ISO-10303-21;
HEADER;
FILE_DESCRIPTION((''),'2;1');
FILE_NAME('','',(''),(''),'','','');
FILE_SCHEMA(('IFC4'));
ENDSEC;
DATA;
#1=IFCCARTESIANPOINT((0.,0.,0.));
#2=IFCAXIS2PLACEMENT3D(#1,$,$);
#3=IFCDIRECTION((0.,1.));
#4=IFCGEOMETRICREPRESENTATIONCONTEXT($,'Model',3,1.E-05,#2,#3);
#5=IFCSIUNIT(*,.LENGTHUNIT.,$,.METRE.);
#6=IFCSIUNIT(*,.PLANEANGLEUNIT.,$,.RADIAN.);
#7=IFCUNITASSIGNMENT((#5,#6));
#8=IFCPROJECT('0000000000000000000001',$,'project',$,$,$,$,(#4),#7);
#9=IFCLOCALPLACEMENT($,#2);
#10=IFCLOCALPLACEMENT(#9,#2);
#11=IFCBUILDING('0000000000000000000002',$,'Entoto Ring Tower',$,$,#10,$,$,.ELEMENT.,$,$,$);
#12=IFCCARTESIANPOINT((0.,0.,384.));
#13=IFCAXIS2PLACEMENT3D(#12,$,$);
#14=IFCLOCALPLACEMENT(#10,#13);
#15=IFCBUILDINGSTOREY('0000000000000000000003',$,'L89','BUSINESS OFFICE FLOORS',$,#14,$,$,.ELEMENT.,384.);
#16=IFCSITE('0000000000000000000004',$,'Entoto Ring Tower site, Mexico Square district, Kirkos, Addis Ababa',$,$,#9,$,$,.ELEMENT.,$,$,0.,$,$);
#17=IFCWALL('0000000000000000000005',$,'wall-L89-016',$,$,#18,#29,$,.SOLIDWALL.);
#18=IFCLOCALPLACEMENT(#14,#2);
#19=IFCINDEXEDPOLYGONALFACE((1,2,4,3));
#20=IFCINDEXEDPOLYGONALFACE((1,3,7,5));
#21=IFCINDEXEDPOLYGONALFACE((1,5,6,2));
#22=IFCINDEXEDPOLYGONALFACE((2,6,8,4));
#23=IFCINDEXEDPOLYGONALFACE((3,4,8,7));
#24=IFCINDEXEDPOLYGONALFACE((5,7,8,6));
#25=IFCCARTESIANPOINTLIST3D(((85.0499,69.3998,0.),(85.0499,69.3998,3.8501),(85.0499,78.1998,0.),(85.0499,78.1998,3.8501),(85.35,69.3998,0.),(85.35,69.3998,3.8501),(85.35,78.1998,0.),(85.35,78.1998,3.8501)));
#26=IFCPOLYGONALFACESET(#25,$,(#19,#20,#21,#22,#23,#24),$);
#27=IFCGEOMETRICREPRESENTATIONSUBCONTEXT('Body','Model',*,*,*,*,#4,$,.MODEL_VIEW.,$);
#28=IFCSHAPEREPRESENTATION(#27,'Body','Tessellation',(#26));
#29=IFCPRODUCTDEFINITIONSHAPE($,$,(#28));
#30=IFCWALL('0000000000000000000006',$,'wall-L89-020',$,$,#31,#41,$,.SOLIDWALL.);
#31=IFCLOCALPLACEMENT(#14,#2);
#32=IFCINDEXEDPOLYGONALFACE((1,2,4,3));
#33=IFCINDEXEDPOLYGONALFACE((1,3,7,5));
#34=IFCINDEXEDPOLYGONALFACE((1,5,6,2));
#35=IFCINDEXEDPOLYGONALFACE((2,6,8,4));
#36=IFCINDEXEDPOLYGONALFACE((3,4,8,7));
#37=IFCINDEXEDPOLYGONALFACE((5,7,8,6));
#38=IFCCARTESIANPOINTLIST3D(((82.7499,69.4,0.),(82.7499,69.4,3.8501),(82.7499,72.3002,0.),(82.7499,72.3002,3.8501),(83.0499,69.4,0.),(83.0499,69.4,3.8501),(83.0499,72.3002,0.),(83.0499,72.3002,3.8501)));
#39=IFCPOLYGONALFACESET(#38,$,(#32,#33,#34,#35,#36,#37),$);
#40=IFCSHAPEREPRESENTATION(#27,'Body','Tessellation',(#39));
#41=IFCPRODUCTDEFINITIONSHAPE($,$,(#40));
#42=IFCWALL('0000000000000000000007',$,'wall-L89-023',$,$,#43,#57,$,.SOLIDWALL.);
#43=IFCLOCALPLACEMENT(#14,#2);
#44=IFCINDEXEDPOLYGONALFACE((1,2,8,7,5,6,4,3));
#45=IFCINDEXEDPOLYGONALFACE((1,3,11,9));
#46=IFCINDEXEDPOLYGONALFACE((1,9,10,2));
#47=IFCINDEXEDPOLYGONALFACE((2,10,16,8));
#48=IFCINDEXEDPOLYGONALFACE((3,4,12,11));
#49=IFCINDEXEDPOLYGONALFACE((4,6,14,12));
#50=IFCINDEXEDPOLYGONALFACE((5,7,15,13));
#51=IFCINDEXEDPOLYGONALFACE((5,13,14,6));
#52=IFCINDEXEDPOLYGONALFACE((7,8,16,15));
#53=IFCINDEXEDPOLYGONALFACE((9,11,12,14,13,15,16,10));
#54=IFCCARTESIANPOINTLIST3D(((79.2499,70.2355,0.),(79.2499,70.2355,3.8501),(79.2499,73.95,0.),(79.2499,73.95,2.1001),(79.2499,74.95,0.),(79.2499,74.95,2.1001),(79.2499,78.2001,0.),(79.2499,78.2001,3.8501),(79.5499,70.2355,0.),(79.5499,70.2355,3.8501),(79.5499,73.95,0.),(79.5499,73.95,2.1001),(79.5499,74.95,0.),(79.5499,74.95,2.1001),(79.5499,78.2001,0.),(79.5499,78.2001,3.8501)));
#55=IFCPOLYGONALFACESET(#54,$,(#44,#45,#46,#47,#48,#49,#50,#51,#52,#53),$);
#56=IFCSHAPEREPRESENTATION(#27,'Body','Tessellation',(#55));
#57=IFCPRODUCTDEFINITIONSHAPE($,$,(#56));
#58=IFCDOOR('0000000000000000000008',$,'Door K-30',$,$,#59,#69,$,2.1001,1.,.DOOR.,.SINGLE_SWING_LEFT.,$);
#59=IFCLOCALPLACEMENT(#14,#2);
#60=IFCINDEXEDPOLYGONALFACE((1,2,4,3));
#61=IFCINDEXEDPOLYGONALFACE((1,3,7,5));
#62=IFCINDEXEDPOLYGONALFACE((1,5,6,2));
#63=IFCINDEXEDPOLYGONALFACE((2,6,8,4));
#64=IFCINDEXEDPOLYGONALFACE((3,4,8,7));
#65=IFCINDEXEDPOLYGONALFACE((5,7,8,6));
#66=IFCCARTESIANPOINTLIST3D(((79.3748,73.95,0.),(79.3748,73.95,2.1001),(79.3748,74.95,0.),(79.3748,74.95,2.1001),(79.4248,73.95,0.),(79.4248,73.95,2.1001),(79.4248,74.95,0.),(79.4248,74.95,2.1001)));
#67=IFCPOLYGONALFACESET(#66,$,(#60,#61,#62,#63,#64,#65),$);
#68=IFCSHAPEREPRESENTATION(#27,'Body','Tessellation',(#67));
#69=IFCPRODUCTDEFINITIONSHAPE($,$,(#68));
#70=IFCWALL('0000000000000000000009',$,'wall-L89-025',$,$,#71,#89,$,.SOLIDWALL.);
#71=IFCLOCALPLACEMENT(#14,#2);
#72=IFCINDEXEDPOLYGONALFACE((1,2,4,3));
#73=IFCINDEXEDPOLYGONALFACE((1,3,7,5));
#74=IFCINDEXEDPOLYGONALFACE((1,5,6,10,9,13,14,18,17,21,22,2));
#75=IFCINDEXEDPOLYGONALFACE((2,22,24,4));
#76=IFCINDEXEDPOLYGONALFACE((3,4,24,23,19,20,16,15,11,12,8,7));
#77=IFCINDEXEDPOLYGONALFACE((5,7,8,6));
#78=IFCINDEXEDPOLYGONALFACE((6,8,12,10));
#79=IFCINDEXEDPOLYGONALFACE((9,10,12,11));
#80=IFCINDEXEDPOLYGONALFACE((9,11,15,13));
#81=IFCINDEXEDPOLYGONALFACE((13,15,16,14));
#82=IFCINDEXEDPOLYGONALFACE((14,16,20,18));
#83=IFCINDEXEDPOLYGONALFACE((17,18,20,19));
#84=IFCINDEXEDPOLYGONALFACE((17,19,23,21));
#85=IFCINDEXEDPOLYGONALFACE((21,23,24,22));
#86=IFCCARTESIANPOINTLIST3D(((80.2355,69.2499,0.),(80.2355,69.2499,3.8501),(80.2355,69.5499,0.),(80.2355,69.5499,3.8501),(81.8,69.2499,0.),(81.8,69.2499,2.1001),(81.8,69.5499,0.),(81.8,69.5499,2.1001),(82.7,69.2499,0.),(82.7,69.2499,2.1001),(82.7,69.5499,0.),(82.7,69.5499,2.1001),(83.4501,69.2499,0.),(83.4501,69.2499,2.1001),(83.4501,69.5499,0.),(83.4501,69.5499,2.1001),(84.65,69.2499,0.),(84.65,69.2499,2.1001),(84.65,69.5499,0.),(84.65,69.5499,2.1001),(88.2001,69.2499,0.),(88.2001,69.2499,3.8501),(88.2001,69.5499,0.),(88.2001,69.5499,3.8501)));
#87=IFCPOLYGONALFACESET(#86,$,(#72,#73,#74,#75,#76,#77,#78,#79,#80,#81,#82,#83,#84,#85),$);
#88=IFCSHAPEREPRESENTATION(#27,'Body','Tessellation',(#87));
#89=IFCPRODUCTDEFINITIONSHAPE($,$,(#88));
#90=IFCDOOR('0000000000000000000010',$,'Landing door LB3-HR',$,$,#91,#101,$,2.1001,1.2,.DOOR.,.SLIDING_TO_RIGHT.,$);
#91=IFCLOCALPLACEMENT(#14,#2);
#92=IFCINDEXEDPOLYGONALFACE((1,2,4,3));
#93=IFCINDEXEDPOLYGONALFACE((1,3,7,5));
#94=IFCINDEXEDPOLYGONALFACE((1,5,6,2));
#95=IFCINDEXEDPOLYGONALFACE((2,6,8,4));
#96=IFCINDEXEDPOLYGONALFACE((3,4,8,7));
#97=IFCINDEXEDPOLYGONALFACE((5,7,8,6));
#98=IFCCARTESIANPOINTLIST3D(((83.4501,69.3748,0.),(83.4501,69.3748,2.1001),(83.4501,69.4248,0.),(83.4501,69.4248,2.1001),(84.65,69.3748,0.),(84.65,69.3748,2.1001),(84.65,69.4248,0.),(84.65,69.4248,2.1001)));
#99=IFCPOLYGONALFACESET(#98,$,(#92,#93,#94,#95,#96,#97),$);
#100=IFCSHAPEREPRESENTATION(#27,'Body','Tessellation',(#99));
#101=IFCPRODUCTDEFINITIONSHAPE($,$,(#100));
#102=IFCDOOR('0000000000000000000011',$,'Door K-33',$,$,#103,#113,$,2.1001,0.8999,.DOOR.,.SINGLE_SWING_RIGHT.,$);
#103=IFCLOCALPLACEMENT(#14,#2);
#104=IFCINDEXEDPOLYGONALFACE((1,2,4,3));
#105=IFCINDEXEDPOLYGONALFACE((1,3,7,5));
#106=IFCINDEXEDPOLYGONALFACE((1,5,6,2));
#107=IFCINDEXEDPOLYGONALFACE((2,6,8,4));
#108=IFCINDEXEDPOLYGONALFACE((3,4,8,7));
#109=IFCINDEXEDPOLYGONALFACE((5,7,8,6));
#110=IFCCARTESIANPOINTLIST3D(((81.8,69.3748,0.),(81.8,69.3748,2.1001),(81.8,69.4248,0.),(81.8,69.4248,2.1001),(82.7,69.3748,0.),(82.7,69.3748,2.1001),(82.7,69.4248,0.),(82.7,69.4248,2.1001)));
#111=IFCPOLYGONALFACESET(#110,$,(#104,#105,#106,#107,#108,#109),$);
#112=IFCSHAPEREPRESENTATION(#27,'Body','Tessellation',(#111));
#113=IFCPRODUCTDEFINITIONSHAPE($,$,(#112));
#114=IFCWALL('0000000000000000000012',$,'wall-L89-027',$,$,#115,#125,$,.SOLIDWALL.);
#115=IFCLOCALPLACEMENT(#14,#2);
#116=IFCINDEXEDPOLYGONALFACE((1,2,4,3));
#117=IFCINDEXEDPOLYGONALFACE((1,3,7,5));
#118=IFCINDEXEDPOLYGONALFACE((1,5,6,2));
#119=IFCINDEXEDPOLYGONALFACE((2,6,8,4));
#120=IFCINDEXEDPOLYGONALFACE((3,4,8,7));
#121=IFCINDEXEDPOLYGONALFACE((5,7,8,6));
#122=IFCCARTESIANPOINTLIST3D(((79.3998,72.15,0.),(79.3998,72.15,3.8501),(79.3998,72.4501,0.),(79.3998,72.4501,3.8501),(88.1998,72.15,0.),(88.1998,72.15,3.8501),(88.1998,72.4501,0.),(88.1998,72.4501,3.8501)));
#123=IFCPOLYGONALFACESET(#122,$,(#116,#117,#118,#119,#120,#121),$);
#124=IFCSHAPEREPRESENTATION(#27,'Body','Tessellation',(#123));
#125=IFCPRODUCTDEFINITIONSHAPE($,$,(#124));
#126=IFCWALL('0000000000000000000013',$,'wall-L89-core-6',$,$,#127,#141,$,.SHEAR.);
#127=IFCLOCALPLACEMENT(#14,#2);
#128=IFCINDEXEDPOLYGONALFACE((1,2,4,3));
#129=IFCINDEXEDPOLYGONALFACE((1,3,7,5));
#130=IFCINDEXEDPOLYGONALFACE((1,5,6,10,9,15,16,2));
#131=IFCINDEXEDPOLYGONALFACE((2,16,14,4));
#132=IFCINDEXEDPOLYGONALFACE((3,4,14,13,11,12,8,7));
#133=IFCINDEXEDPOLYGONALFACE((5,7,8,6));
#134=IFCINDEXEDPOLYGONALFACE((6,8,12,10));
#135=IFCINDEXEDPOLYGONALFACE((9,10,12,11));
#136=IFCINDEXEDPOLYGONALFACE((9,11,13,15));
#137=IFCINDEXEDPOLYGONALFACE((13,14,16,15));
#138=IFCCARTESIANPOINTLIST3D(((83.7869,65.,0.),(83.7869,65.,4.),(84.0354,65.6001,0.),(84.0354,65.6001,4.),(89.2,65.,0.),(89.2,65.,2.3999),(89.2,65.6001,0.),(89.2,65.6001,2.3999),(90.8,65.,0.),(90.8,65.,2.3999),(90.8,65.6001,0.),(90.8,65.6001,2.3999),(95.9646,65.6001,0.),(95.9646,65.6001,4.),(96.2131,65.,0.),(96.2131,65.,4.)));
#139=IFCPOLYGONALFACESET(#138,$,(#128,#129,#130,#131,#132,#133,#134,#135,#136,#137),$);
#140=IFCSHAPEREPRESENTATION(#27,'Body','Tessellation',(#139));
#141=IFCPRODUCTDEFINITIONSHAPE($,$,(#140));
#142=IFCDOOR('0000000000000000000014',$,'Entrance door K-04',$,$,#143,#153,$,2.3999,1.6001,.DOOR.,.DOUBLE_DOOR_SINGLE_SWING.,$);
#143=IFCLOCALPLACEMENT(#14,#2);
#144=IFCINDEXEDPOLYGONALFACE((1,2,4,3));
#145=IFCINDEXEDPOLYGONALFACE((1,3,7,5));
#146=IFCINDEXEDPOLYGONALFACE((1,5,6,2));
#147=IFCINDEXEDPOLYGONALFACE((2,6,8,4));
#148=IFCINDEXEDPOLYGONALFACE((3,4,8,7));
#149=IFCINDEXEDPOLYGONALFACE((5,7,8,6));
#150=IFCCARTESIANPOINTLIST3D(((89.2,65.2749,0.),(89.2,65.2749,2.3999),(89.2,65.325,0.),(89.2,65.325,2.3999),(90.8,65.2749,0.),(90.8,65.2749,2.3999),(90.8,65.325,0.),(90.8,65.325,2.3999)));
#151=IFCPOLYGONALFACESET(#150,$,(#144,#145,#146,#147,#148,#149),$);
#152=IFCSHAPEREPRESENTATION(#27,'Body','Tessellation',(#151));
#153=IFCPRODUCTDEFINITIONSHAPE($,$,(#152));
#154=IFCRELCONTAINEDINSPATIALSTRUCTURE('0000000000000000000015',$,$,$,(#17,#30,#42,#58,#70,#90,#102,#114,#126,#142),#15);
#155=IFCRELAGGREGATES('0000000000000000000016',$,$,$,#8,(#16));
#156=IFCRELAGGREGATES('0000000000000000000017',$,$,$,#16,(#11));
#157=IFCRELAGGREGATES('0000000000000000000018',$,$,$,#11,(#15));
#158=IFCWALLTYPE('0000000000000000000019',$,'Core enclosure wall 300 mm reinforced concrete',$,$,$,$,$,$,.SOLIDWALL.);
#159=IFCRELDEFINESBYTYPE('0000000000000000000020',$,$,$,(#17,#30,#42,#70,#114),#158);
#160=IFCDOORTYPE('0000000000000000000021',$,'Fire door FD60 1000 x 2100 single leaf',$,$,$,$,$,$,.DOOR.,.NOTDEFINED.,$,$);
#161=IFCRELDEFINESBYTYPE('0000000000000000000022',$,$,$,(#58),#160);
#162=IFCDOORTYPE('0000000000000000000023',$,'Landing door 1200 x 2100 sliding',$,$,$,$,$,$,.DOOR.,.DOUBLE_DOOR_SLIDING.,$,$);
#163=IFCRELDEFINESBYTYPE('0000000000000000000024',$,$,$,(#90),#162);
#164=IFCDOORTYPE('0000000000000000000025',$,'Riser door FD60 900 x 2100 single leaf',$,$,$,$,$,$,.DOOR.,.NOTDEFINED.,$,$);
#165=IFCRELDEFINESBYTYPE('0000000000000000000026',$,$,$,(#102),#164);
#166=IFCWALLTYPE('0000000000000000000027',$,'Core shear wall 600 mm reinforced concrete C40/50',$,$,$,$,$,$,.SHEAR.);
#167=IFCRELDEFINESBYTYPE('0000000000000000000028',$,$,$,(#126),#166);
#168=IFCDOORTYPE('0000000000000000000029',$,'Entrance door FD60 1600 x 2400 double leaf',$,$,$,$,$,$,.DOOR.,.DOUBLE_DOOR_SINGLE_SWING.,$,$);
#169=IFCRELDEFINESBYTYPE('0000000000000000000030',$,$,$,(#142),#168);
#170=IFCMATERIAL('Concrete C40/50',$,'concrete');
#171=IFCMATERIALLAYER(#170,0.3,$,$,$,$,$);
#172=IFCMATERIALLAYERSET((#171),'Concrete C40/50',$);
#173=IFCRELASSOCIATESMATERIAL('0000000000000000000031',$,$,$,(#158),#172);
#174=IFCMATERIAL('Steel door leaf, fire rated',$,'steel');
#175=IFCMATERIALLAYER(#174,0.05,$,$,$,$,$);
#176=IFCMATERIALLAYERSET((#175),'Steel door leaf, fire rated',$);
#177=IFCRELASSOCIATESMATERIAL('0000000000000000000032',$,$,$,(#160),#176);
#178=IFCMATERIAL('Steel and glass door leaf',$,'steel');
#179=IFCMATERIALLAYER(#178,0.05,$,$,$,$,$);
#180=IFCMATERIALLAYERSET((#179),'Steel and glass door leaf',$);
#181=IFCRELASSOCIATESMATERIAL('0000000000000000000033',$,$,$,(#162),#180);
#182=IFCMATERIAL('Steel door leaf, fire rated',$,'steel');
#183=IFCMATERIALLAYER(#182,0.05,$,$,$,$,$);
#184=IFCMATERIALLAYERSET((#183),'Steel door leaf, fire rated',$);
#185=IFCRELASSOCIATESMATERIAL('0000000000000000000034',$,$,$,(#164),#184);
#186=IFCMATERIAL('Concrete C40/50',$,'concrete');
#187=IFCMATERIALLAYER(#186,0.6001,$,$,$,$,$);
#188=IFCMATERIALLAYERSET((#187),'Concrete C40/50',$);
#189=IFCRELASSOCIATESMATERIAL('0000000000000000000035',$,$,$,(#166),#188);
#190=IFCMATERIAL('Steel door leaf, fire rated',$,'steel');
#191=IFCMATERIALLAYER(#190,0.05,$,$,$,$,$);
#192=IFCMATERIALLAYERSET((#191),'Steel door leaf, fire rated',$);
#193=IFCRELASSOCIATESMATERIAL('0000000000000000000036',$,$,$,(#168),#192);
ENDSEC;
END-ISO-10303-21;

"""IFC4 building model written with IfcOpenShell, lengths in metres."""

from ifc_helpers import new_model, si_unit, direction, frame, frame_2d, origin, place, context, subcontext, project, spatial, polyline, rectangle, outline, extrude, material, layer, layer_set, type_object, element, fill, save


model = new_model("IFC4")

# Units and contexts
model_context = context("Model", 3, precision=1e-05, world=origin(), true_north=direction((0.0, 1.0)))
body_context = subcontext(model_context, "Body", "Model", "MODEL_VIEW")
ifc_project = project(units=[si_unit("LENGTHUNIT", "METRE"), si_unit("PLANEANGLEUNIT", "RADIAN")], contexts=[model_context])

# Site, building, storey
site_placement = place(None, origin())
site = spatial("IfcSite", under=ifc_project, at=site_placement, Name="Entoto Ring Tower site, Mexico Square district, Kirkos, Addis Ababa", CompositionType="ELEMENT", RefElevation=0.0)
building_placement = place(site_placement, origin())
building = spatial("IfcBuilding", under=site, at=building_placement, Name="Entoto Ring Tower", CompositionType="ELEMENT")
storey_placement = place(building_placement, frame((0.0, 0.0, 384.0)))
storey = spatial("IfcBuildingStorey", under=building, at=storey_placement, Name="L89", Description="BUSINESS OFFICE FLOORS", CompositionType="ELEMENT", Elevation=384.0)

# Walls
ifc_material_1 = material(Name="Concrete C40/50", Category="concrete")
ifc_layer_1 = layer(ifc_material_1, 0.3)
ifc_layer_set_1 = layer_set([ifc_layer_1], Name="Concrete C40/50")
wall_type_1 = type_object("IfcWallType", Name="Core enclosure wall 300 mm reinforced concrete", PredefinedType="SOLIDWALL", material=ifc_layer_set_1)
wall_1_placement = place(storey_placement, frame((85.2, 69.3999, 0.0), z_axis=(0.0, 0.0, 1.0), x_axis=(0.0, 1.0, 0.0)))
element("IfcWall", 1, at=wall_1_placement, inside=storey, type_object=wall_type_1, Name="wall-L89-016", PredefinedType="SOLIDWALL", context=body_context, shape_type="SweptSolid", body=[
    extrude(rectangle(XDim=8.8, YDim=0.3, at=frame_2d((4.3999, 0.0))), origin(), (0.0, 0.0, 1.0), 3.8501),
])
wall_2_placement = place(storey_placement, frame((82.8999, 69.3999, 0.0), z_axis=(0.0, 0.0, 1.0), x_axis=(0.0, 1.0, 0.0)))
element("IfcWall", 2, at=wall_2_placement, inside=storey, type_object=wall_type_1, Name="wall-L89-020", PredefinedType="SOLIDWALL", context=body_context, shape_type="SweptSolid", body=[
    extrude(rectangle(XDim=2.9001, YDim=0.3, at=frame_2d((1.4502, 0.0))), origin(), (0.0, 0.0, 1.0), 3.8501),
])

# Wall, opening, door
wall_3_placement = place(storey_placement, frame((79.3999, 70.2354, 0.0), z_axis=(0.0, 0.0, 1.0), x_axis=(0.0, 1.0, 0.0)))
wall_3 = element("IfcWall", 3, at=wall_3_placement, inside=storey, type_object=wall_type_1, Name="wall-L89-023", PredefinedType="SOLIDWALL", context=body_context, shape_type="SweptSolid", body=[
    extrude(rectangle(XDim=7.9646, YDim=0.3, at=frame_2d((3.9824, 0.0))), origin(), (0.0, 0.0, 1.0), 3.8501),
])
opening_1_placement = place(wall_3_placement, frame((3.7146, 0.0, 0.0)))
opening_1 = element("IfcOpeningElement", 4, at=opening_1_placement, cuts=wall_3, PredefinedType="OPENING", context=body_context, shape_type="SweptSolid", body=[
    extrude(rectangle(XDim=1.0, YDim=2.1001, at=frame_2d((0.5, 1.05))), frame((0.0, 0.1602, 0.0), z_axis=(0.0, -1.0, 0.0), x_axis=(1.0, 0.0, 0.0)), (0.0, 0.0, 1.0), 0.3201),
])
ifc_material_2 = material(Name="Steel door leaf, fire rated", Category="steel")
ifc_layer_2 = layer(ifc_material_2, 0.05)
ifc_layer_set_2 = layer_set([ifc_layer_2], Name="Steel door leaf, fire rated")
door_type_1 = type_object("IfcDoorType", Name="Fire door FD60 1000 x 2100 single leaf", OperationType="NOTDEFINED", PredefinedType="DOOR", material=ifc_layer_set_2)
door_1_placement = place(opening_1_placement, frame((1.0, 0.0, 0.0), z_axis=(0.0, 0.0, 1.0), x_axis=(-1.0, 0.0, 0.0)))
door_1 = element("IfcDoor", 5, at=door_1_placement, inside=storey, type_object=door_type_1, Name="Door K-30", OperationType="SINGLE_SWING_LEFT", OverallHeight=2.1001, OverallWidth=1.0, PredefinedType="DOOR", context=body_context, shape_type="SweptSolid", body=[
    extrude(rectangle(XDim=1.0, YDim=2.1001, at=frame_2d((0.5, 1.05))), frame((0.0, 0.0249, 0.0), z_axis=(0.0, -1.0, 0.0), x_axis=(1.0, 0.0, 0.0)), (0.0, 0.0, 1.0), 0.05),
])
fill(opening_1, door_1)

# Wall, openings, doors
wall_4_placement = place(storey_placement, frame((80.2354, 69.3999, 0.0), z_axis=(0.0, 0.0, 1.0), x_axis=(1.0, 0.0, 0.0)))
wall_4 = element("IfcWall", 6, at=wall_4_placement, inside=storey, type_object=wall_type_1, Name="wall-L89-025", PredefinedType="SOLIDWALL", context=body_context, shape_type="SweptSolid", body=[
    extrude(rectangle(XDim=7.9646, YDim=0.3, at=frame_2d((3.9824, 0.0))), origin(), (0.0, 0.0, 1.0), 3.8501),
])
opening_2_placement = place(wall_4_placement, frame((3.2146, 0.0, 0.0)))
opening_2 = element("IfcOpeningElement", 7, at=opening_2_placement, cuts=wall_4, PredefinedType="OPENING", context=body_context, shape_type="SweptSolid", body=[
    extrude(rectangle(XDim=1.2, YDim=2.1001, at=frame_2d((0.6001, 1.05))), frame((0.0, 0.1602, 0.0), z_axis=(0.0, -1.0, 0.0), x_axis=(1.0, 0.0, 0.0)), (0.0, 0.0, 1.0), 0.3201),
])
opening_3_placement = place(wall_4_placement, frame((1.5647, 0.0, 0.0)))
opening_3 = element("IfcOpeningElement", 8, at=opening_3_placement, cuts=wall_4, PredefinedType="OPENING", context=body_context, shape_type="SweptSolid", body=[
    extrude(rectangle(XDim=0.8999, YDim=2.1001, at=frame_2d((0.45, 1.05))), frame((0.0, 0.1602, 0.0), z_axis=(0.0, -1.0, 0.0), x_axis=(1.0, 0.0, 0.0)), (0.0, 0.0, 1.0), 0.3201),
])
ifc_material_3 = material(Name="Steel and glass door leaf", Category="steel")
ifc_layer_3 = layer(ifc_material_3, 0.05)
ifc_layer_set_3 = layer_set([ifc_layer_3], Name="Steel and glass door leaf")
door_type_2 = type_object("IfcDoorType", Name="Landing door 1200 x 2100 sliding", OperationType="DOUBLE_DOOR_SLIDING", PredefinedType="DOOR", material=ifc_layer_set_3)
door_2_placement = place(opening_2_placement, origin())
door_2 = element("IfcDoor", 9, at=door_2_placement, inside=storey, type_object=door_type_2, Name="Landing door LB3-HR", OperationType="SLIDING_TO_RIGHT", OverallHeight=2.1001, OverallWidth=1.2, PredefinedType="DOOR", context=body_context, shape_type="SweptSolid", body=[
    extrude(rectangle(XDim=1.2, YDim=2.1001, at=frame_2d((0.6001, 1.05))), frame((0.0, 0.0249, 0.0), z_axis=(0.0, -1.0, 0.0), x_axis=(1.0, 0.0, 0.0)), (0.0, 0.0, 1.0), 0.05),
])
fill(opening_2, door_2)
ifc_material_4 = material(Name="Steel door leaf, fire rated", Category="steel")
ifc_layer_4 = layer(ifc_material_4, 0.05)
ifc_layer_set_4 = layer_set([ifc_layer_4], Name="Steel door leaf, fire rated")
door_type_3 = type_object("IfcDoorType", Name="Riser door FD60 900 x 2100 single leaf", OperationType="NOTDEFINED", PredefinedType="DOOR", material=ifc_layer_set_4)
door_3_placement = place(opening_3_placement, origin())
door_3 = element("IfcDoor", 10, at=door_3_placement, inside=storey, type_object=door_type_3, Name="Door K-33", OperationType="SINGLE_SWING_RIGHT", OverallHeight=2.1001, OverallWidth=0.8999, PredefinedType="DOOR", context=body_context, shape_type="SweptSolid", body=[
    extrude(rectangle(XDim=0.8999, YDim=2.1001, at=frame_2d((0.45, 1.05))), frame((0.0, 0.0249, 0.0), z_axis=(0.0, -1.0, 0.0), x_axis=(1.0, 0.0, 0.0)), (0.0, 0.0, 1.0), 0.05),
])
fill(opening_3, door_3)

# Wall
wall_5_placement = place(storey_placement, frame((79.3999, 72.3, 0.0), z_axis=(0.0, 0.0, 1.0), x_axis=(1.0, 0.0, 0.0)))
element("IfcWall", 11, at=wall_5_placement, inside=storey, type_object=wall_type_1, Name="wall-L89-027", PredefinedType="SOLIDWALL", context=body_context, shape_type="SweptSolid", body=[
    extrude(rectangle(XDim=8.8, YDim=0.3, at=frame_2d((4.3999, 0.0))), origin(), (0.0, 0.0, 1.0), 3.8501),
])

# Wall, opening, door
ifc_material_5 = material(Name="Concrete C40/50", Category="concrete")
ifc_layer_5 = layer(ifc_material_5, 0.6001)
ifc_layer_set_5 = layer_set([ifc_layer_5], Name="Concrete C40/50")
wall_type_2 = type_object("IfcWallType", Name="Core shear wall 600 mm reinforced concrete C40/50", PredefinedType="SHEAR", material=ifc_layer_set_5)
wall_6_placement = place(storey_placement, frame((83.9111, 65.3, 0.0), z_axis=(0.0, 0.0, 1.0), x_axis=(1.0, 0.0, 0.0)))
wall_6 = element("IfcWall", 12, at=wall_6_placement, inside=storey, type_object=wall_type_2, Name="wall-L89-core-6", PredefinedType="SHEAR", context=body_context, shape_type="SweptSolid", body=[
    extrude(outline(polyline([(-0.1243, -0.3), (12.302, -0.3), (12.0535, 0.3), (0.1243, 0.3), (-0.1243, -0.3)])), origin(), (0.0, 0.0, 1.0), 4.0),
])
opening_4_placement = place(wall_6_placement, frame((5.2888, 0.0, 0.0)))
opening_4 = element("IfcOpeningElement", 13, at=opening_4_placement, cuts=wall_6, PredefinedType="OPENING", context=body_context, shape_type="SweptSolid", body=[
    extrude(rectangle(XDim=1.6001, YDim=2.3999, at=frame_2d((0.8, 1.2))), frame((0.0, 0.3101, 0.0), z_axis=(0.0, -1.0, 0.0), x_axis=(1.0, 0.0, 0.0)), (0.0, 0.0, 1.0), 0.6201),
])
ifc_material_6 = material(Name="Steel door leaf, fire rated", Category="steel")
ifc_layer_6 = layer(ifc_material_6, 0.05)
ifc_layer_set_6 = layer_set([ifc_layer_6], Name="Steel door leaf, fire rated")
door_type_4 = type_object("IfcDoorType", Name="Entrance door FD60 1600 x 2400 double leaf", OperationType="DOUBLE_DOOR_SINGLE_SWING", PredefinedType="DOOR", material=ifc_layer_set_6)
door_4_placement = place(opening_4_placement, origin())
door_4 = element("IfcDoor", 14, at=door_4_placement, inside=storey, type_object=door_type_4, Name="Entrance door K-04", OperationType="DOUBLE_DOOR_SINGLE_SWING", OverallHeight=2.3999, OverallWidth=1.6001, PredefinedType="DOOR", context=body_context, shape_type="SweptSolid", body=[
    extrude(rectangle(XDim=1.6001, YDim=2.3999, at=frame_2d((0.8, 1.2))), frame((0.0, 0.0249, 0.0), z_axis=(0.0, -1.0, 0.0), x_axis=(1.0, 0.0, 0.0)), (0.0, 0.0, 1.0), 0.05),
])
fill(opening_4, door_4)

save(model, "model.ifc")
